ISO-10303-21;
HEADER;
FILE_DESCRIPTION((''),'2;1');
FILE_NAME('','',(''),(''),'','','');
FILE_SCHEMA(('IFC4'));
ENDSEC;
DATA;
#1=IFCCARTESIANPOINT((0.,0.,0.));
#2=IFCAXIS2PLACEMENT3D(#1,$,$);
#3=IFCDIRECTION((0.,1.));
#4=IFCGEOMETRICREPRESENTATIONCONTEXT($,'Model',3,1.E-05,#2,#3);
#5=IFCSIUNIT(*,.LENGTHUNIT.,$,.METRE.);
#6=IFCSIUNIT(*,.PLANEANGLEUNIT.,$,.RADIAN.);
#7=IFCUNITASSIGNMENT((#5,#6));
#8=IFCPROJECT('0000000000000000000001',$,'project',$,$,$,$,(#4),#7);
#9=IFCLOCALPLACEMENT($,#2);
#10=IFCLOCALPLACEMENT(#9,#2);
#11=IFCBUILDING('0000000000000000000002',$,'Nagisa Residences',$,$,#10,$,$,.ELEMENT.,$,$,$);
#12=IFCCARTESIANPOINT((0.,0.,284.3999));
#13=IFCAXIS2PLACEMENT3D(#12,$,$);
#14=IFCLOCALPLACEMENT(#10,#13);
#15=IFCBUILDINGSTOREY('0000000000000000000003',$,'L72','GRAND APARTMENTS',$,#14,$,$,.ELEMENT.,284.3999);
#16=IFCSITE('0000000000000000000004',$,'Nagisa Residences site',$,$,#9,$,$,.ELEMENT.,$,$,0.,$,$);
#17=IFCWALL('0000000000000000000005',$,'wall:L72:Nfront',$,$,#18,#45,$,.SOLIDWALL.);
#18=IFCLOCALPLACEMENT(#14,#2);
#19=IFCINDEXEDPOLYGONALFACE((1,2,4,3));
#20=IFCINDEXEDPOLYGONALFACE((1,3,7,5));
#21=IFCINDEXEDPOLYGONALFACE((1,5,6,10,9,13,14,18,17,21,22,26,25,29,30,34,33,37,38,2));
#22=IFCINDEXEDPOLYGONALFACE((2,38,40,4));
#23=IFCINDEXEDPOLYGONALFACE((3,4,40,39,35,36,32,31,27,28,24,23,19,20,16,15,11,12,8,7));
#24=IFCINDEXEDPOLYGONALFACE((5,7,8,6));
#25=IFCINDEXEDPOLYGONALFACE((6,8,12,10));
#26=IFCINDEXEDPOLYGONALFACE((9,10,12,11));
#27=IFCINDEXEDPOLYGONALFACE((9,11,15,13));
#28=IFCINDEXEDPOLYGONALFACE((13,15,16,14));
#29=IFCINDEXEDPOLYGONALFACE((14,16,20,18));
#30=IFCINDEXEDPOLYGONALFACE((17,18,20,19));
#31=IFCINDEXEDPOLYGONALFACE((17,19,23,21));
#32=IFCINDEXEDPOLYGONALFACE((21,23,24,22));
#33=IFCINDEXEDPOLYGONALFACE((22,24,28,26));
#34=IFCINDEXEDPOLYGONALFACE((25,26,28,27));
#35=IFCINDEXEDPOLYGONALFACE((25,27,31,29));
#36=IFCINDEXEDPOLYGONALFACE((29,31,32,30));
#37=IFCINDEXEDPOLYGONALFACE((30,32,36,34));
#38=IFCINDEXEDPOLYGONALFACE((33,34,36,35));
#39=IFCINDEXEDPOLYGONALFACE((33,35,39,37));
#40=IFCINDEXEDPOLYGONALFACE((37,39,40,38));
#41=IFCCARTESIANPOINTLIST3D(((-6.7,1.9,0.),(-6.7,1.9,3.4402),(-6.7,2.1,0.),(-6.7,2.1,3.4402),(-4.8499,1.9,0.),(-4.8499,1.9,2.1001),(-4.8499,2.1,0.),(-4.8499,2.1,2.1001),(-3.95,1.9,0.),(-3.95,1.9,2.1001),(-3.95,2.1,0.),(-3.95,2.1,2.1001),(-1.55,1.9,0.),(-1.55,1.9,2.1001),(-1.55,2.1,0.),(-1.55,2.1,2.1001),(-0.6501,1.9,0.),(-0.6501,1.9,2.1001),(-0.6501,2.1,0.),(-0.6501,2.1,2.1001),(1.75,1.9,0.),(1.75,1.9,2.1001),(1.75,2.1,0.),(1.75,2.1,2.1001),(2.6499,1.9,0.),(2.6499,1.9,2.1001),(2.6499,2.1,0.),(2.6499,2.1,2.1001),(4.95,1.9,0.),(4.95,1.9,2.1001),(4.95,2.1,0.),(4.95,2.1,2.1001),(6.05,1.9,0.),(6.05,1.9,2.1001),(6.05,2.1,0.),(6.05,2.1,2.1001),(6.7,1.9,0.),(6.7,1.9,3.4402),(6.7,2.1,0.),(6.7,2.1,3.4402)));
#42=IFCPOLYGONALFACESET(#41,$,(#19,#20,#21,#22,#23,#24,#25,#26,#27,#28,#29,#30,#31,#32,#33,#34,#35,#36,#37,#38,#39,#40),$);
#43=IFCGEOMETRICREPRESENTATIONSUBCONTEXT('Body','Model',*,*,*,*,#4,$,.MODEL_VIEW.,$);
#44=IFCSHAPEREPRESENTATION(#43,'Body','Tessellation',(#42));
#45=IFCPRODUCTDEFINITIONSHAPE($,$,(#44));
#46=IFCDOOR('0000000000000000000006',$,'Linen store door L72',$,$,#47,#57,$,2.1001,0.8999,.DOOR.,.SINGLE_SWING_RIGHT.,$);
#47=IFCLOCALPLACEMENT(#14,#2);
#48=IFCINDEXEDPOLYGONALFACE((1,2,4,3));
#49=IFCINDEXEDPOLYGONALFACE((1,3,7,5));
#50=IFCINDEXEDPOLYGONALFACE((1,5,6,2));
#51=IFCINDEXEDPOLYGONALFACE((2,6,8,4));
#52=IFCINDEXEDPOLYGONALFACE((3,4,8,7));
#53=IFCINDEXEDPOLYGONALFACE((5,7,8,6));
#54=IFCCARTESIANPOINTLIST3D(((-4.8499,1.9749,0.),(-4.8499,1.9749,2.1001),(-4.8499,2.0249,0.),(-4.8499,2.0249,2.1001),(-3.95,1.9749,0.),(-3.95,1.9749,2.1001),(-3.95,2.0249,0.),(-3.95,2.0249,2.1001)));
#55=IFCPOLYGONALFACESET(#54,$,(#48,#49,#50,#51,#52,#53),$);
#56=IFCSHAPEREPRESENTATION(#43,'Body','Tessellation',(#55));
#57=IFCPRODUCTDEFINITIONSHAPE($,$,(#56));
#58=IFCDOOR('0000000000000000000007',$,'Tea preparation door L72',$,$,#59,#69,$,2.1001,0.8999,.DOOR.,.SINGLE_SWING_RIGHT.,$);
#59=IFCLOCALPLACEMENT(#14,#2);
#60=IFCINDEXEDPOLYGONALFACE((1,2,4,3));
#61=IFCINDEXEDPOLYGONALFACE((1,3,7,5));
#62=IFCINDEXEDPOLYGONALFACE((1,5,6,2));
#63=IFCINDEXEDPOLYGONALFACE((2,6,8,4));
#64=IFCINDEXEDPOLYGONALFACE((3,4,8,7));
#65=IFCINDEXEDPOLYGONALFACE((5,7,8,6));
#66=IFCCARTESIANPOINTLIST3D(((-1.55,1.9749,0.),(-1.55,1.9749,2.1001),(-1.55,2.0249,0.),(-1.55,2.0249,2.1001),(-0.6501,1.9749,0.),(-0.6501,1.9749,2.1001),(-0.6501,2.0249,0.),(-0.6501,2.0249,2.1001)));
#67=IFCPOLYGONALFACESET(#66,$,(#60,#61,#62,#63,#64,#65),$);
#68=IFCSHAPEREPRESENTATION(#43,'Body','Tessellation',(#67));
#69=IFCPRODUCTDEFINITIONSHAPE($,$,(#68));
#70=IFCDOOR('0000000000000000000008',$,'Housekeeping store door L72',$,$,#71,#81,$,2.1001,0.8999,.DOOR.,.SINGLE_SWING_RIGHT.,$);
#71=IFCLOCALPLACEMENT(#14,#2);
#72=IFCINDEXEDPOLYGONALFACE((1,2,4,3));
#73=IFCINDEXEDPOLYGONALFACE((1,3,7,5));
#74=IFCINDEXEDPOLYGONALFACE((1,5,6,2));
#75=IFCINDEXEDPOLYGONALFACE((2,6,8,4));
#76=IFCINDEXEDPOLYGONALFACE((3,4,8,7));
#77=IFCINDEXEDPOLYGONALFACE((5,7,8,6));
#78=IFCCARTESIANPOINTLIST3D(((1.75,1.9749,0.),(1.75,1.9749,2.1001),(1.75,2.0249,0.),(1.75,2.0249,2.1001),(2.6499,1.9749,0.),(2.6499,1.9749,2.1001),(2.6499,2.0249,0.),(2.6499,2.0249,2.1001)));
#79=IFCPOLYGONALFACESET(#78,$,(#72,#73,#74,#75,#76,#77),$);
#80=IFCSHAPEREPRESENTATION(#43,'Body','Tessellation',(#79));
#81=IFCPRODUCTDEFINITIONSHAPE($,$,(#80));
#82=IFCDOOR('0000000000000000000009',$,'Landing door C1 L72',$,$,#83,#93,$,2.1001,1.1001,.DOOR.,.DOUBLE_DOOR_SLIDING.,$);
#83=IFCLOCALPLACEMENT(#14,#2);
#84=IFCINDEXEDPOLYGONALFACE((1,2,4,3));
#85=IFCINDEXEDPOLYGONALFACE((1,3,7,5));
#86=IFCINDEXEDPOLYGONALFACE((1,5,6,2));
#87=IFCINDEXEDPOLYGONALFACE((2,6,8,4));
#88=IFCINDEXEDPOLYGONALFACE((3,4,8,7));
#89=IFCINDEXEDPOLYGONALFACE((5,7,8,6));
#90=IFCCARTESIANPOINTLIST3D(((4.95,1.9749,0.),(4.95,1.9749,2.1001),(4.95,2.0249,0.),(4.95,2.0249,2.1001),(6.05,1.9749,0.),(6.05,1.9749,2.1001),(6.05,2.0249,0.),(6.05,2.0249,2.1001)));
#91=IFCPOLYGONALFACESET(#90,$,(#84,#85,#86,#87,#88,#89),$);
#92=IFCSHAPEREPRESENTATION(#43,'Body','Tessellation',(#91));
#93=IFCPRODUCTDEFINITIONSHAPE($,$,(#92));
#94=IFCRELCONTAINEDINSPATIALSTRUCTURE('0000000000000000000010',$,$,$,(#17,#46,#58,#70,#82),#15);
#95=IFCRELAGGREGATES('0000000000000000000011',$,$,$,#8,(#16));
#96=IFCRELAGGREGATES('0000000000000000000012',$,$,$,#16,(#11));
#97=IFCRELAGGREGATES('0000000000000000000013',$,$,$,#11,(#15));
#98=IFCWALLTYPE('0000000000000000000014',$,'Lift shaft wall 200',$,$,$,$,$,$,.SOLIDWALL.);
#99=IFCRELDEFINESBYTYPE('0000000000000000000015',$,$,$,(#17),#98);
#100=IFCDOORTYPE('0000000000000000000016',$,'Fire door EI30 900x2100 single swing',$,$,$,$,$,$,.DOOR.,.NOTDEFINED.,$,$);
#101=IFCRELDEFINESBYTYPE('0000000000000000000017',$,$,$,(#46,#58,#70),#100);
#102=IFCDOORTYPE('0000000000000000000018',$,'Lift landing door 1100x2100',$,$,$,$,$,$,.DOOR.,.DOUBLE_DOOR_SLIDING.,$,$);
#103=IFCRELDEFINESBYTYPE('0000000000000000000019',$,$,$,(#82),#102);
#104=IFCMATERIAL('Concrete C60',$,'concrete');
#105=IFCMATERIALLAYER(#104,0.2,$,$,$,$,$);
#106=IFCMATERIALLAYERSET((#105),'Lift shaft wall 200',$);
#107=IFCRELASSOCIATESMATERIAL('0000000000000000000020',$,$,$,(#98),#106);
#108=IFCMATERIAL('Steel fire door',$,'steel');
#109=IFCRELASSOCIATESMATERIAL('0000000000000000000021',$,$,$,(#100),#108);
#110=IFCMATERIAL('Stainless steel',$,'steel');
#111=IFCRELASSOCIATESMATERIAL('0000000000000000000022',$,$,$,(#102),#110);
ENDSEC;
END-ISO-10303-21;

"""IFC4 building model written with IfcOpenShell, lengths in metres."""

from ifc_helpers import new_model, si_unit, direction, frame, frame_2d, origin, place, context, subcontext, project, spatial, rectangle, extrude, material, layer, layer_set, type_object, element, fill, save


model = new_model("IFC4")

# Units and contexts
model_context = context("Model", 3, precision=1e-05, world=origin(), true_north=direction((0.0, 1.0)))
body_context = subcontext(model_context, "Body", "Model", "MODEL_VIEW")
ifc_project = project(units=[si_unit("LENGTHUNIT", "METRE"), si_unit("PLANEANGLEUNIT", "RADIAN")], contexts=[model_context])

# Site, building, storey
site_placement = place(None, origin())
site = spatial("IfcSite", under=ifc_project, at=site_placement, Name="Nagisa Residences site", CompositionType="ELEMENT", RefElevation=0.0)
building_placement = place(site_placement, origin())
building = spatial("IfcBuilding", under=site, at=building_placement, Name="Nagisa Residences", CompositionType="ELEMENT")
storey_placement = place(building_placement, frame((0.0, 0.0, 284.3999)))
storey = spatial("IfcBuildingStorey", under=building, at=storey_placement, Name="L72", Description="GRAND APARTMENTS", CompositionType="ELEMENT", Elevation=284.3999)

# Wall, openings, doors
ifc_material_1 = material(Name="Concrete C60", Category="concrete")
ifc_layer_1 = layer(ifc_material_1, 0.2)
ifc_layer_set_1 = layer_set([ifc_layer_1], Name="Lift shaft wall 200")
wall_type_1 = type_object("IfcWallType", Name="Lift shaft wall 200", PredefinedType="SOLIDWALL", material=ifc_layer_set_1)
wall_1_placement = place(storey_placement, frame((-6.7, 2.0, 0.0), z_axis=(0.0, 0.0, 1.0), x_axis=(1.0, 0.0, 0.0)))
wall_1 = element("IfcWall", 1, at=wall_1_placement, inside=storey, type_object=wall_type_1, Name="wall:L72:Nfront", PredefinedType="SOLIDWALL", context=body_context, shape_type="SweptSolid", body=[
    extrude(rectangle(XDim=13.3999, YDim=0.2, at=frame_2d((6.7, 0.0))), origin(), (0.0, 0.0, 1.0), 3.4402),
])
opening_1_placement = place(wall_1_placement, frame((11.6499, 0.0, 0.0)))
opening_1 = element("IfcOpeningElement", 2, at=opening_1_placement, cuts=wall_1, PredefinedType="OPENING", context=body_context, shape_type="SweptSolid", body=[
    extrude(rectangle(XDim=1.1001, YDim=2.1001, at=frame_2d((0.55, 1.05))), frame((0.0, 0.1099, 0.0), z_axis=(0.0, -1.0, 0.0), x_axis=(1.0, 0.0, 0.0)), (0.0, 0.0, 1.0), 0.22),
])
opening_2_placement = place(wall_1_placement, frame((1.8501, 0.0, 0.0)))
opening_2 = element("IfcOpeningElement", 3, at=opening_2_placement, cuts=wall_1, PredefinedType="OPENING", context=body_context, shape_type="SweptSolid", body=[
    extrude(rectangle(XDim=0.8999, YDim=2.1001, at=frame_2d((0.45, 1.05))), frame((0.0, 0.1099, 0.0), z_axis=(0.0, -1.0, 0.0), x_axis=(1.0, 0.0, 0.0)), (0.0, 0.0, 1.0), 0.22),
])
opening_3_placement = place(wall_1_placement, frame((5.1499, 0.0, 0.0)))
opening_3 = element("IfcOpeningElement", 4, at=opening_3_placement, cuts=wall_1, PredefinedType="OPENING", context=body_context, shape_type="SweptSolid", body=[
    extrude(rectangle(XDim=0.8999, YDim=2.1001, at=frame_2d((0.45, 1.05))), frame((0.0, 0.1099, 0.0), z_axis=(0.0, -1.0, 0.0), x_axis=(1.0, 0.0, 0.0)), (0.0, 0.0, 1.0), 0.22),
])
opening_4_placement = place(wall_1_placement, frame((8.45, 0.0, 0.0)))
opening_4 = element("IfcOpeningElement", 5, at=opening_4_placement, cuts=wall_1, PredefinedType="OPENING", context=body_context, shape_type="SweptSolid", body=[
    extrude(rectangle(XDim=0.8999, YDim=2.1001, at=frame_2d((0.45, 1.05))), frame((0.0, 0.1099, 0.0), z_axis=(0.0, -1.0, 0.0), x_axis=(1.0, 0.0, 0.0)), (0.0, 0.0, 1.0), 0.22),
])
ifc_material_2 = material(Name="Steel fire door", Category="steel")
door_type_1 = type_object("IfcDoorType", Name="Fire door EI30 900x2100 single swing", OperationType="NOTDEFINED", PredefinedType="DOOR", material=ifc_material_2)
door_1_placement = place(opening_2_placement, origin())
door_1 = element("IfcDoor", 6, at=door_1_placement, inside=storey, type_object=door_type_1, Name="Linen store door L72", OperationType="SINGLE_SWING_RIGHT", OverallHeight=2.1001, OverallWidth=0.8999, PredefinedType="DOOR", context=body_context, shape_type="SweptSolid", body=[
    extrude(rectangle(XDim=0.8999, YDim=2.1001, at=frame_2d((0.45, 1.05))), frame((0.0, 0.0249, 0.0), z_axis=(0.0, -1.0, 0.0), x_axis=(1.0, 0.0, 0.0)), (0.0, 0.0, 1.0), 0.05),
])
fill(opening_2, door_1)
door_2_placement = place(opening_3_placement, origin())
door_2 = element("IfcDoor", 7, at=door_2_placement, inside=storey, type_object=door_type_1, Name="Tea preparation door L72", OperationType="SINGLE_SWING_RIGHT", OverallHeight=2.1001, OverallWidth=0.8999, PredefinedType="DOOR", context=body_context, shape_type="SweptSolid", body=[
    extrude(rectangle(XDim=0.8999, YDim=2.1001, at=frame_2d((0.45, 1.05))), frame((0.0, 0.0249, 0.0), z_axis=(0.0, -1.0, 0.0), x_axis=(1.0, 0.0, 0.0)), (0.0, 0.0, 1.0), 0.05),
])
fill(opening_3, door_2)
door_3_placement = place(opening_4_placement, origin())
door_3 = element("IfcDoor", 8, at=door_3_placement, inside=storey, type_object=door_type_1, Name="Housekeeping store door L72", OperationType="SINGLE_SWING_RIGHT", OverallHeight=2.1001, OverallWidth=0.8999, PredefinedType="DOOR", context=body_context, shape_type="SweptSolid", body=[
    extrude(rectangle(XDim=0.8999, YDim=2.1001, at=frame_2d((0.45, 1.05))), frame((0.0, 0.0249, 0.0), z_axis=(0.0, -1.0, 0.0), x_axis=(1.0, 0.0, 0.0)), (0.0, 0.0, 1.0), 0.05),
])
fill(opening_4, door_3)
ifc_material_3 = material(Name="Stainless steel", Category="steel")
door_type_2 = type_object("IfcDoorType", Name="Lift landing door 1100x2100", OperationType="DOUBLE_DOOR_SLIDING", PredefinedType="DOOR", material=ifc_material_3)
door_4_placement = place(opening_1_placement, origin())
door_4 = element("IfcDoor", 9, at=door_4_placement, inside=storey, type_object=door_type_2, Name="Landing door C1 L72", OperationType="DOUBLE_DOOR_SLIDING", OverallHeight=2.1001, OverallWidth=1.1001, PredefinedType="DOOR", context=body_context, shape_type="SweptSolid", body=[
    extrude(rectangle(XDim=1.1001, YDim=2.1001, at=frame_2d((0.55, 1.05))), frame((0.0, 0.0249, 0.0), z_axis=(0.0, -1.0, 0.0), x_axis=(1.0, 0.0, 0.0)), (0.0, 0.0, 1.0), 0.05),
])
fill(opening_1, door_4)

save(model, "model.ifc")
